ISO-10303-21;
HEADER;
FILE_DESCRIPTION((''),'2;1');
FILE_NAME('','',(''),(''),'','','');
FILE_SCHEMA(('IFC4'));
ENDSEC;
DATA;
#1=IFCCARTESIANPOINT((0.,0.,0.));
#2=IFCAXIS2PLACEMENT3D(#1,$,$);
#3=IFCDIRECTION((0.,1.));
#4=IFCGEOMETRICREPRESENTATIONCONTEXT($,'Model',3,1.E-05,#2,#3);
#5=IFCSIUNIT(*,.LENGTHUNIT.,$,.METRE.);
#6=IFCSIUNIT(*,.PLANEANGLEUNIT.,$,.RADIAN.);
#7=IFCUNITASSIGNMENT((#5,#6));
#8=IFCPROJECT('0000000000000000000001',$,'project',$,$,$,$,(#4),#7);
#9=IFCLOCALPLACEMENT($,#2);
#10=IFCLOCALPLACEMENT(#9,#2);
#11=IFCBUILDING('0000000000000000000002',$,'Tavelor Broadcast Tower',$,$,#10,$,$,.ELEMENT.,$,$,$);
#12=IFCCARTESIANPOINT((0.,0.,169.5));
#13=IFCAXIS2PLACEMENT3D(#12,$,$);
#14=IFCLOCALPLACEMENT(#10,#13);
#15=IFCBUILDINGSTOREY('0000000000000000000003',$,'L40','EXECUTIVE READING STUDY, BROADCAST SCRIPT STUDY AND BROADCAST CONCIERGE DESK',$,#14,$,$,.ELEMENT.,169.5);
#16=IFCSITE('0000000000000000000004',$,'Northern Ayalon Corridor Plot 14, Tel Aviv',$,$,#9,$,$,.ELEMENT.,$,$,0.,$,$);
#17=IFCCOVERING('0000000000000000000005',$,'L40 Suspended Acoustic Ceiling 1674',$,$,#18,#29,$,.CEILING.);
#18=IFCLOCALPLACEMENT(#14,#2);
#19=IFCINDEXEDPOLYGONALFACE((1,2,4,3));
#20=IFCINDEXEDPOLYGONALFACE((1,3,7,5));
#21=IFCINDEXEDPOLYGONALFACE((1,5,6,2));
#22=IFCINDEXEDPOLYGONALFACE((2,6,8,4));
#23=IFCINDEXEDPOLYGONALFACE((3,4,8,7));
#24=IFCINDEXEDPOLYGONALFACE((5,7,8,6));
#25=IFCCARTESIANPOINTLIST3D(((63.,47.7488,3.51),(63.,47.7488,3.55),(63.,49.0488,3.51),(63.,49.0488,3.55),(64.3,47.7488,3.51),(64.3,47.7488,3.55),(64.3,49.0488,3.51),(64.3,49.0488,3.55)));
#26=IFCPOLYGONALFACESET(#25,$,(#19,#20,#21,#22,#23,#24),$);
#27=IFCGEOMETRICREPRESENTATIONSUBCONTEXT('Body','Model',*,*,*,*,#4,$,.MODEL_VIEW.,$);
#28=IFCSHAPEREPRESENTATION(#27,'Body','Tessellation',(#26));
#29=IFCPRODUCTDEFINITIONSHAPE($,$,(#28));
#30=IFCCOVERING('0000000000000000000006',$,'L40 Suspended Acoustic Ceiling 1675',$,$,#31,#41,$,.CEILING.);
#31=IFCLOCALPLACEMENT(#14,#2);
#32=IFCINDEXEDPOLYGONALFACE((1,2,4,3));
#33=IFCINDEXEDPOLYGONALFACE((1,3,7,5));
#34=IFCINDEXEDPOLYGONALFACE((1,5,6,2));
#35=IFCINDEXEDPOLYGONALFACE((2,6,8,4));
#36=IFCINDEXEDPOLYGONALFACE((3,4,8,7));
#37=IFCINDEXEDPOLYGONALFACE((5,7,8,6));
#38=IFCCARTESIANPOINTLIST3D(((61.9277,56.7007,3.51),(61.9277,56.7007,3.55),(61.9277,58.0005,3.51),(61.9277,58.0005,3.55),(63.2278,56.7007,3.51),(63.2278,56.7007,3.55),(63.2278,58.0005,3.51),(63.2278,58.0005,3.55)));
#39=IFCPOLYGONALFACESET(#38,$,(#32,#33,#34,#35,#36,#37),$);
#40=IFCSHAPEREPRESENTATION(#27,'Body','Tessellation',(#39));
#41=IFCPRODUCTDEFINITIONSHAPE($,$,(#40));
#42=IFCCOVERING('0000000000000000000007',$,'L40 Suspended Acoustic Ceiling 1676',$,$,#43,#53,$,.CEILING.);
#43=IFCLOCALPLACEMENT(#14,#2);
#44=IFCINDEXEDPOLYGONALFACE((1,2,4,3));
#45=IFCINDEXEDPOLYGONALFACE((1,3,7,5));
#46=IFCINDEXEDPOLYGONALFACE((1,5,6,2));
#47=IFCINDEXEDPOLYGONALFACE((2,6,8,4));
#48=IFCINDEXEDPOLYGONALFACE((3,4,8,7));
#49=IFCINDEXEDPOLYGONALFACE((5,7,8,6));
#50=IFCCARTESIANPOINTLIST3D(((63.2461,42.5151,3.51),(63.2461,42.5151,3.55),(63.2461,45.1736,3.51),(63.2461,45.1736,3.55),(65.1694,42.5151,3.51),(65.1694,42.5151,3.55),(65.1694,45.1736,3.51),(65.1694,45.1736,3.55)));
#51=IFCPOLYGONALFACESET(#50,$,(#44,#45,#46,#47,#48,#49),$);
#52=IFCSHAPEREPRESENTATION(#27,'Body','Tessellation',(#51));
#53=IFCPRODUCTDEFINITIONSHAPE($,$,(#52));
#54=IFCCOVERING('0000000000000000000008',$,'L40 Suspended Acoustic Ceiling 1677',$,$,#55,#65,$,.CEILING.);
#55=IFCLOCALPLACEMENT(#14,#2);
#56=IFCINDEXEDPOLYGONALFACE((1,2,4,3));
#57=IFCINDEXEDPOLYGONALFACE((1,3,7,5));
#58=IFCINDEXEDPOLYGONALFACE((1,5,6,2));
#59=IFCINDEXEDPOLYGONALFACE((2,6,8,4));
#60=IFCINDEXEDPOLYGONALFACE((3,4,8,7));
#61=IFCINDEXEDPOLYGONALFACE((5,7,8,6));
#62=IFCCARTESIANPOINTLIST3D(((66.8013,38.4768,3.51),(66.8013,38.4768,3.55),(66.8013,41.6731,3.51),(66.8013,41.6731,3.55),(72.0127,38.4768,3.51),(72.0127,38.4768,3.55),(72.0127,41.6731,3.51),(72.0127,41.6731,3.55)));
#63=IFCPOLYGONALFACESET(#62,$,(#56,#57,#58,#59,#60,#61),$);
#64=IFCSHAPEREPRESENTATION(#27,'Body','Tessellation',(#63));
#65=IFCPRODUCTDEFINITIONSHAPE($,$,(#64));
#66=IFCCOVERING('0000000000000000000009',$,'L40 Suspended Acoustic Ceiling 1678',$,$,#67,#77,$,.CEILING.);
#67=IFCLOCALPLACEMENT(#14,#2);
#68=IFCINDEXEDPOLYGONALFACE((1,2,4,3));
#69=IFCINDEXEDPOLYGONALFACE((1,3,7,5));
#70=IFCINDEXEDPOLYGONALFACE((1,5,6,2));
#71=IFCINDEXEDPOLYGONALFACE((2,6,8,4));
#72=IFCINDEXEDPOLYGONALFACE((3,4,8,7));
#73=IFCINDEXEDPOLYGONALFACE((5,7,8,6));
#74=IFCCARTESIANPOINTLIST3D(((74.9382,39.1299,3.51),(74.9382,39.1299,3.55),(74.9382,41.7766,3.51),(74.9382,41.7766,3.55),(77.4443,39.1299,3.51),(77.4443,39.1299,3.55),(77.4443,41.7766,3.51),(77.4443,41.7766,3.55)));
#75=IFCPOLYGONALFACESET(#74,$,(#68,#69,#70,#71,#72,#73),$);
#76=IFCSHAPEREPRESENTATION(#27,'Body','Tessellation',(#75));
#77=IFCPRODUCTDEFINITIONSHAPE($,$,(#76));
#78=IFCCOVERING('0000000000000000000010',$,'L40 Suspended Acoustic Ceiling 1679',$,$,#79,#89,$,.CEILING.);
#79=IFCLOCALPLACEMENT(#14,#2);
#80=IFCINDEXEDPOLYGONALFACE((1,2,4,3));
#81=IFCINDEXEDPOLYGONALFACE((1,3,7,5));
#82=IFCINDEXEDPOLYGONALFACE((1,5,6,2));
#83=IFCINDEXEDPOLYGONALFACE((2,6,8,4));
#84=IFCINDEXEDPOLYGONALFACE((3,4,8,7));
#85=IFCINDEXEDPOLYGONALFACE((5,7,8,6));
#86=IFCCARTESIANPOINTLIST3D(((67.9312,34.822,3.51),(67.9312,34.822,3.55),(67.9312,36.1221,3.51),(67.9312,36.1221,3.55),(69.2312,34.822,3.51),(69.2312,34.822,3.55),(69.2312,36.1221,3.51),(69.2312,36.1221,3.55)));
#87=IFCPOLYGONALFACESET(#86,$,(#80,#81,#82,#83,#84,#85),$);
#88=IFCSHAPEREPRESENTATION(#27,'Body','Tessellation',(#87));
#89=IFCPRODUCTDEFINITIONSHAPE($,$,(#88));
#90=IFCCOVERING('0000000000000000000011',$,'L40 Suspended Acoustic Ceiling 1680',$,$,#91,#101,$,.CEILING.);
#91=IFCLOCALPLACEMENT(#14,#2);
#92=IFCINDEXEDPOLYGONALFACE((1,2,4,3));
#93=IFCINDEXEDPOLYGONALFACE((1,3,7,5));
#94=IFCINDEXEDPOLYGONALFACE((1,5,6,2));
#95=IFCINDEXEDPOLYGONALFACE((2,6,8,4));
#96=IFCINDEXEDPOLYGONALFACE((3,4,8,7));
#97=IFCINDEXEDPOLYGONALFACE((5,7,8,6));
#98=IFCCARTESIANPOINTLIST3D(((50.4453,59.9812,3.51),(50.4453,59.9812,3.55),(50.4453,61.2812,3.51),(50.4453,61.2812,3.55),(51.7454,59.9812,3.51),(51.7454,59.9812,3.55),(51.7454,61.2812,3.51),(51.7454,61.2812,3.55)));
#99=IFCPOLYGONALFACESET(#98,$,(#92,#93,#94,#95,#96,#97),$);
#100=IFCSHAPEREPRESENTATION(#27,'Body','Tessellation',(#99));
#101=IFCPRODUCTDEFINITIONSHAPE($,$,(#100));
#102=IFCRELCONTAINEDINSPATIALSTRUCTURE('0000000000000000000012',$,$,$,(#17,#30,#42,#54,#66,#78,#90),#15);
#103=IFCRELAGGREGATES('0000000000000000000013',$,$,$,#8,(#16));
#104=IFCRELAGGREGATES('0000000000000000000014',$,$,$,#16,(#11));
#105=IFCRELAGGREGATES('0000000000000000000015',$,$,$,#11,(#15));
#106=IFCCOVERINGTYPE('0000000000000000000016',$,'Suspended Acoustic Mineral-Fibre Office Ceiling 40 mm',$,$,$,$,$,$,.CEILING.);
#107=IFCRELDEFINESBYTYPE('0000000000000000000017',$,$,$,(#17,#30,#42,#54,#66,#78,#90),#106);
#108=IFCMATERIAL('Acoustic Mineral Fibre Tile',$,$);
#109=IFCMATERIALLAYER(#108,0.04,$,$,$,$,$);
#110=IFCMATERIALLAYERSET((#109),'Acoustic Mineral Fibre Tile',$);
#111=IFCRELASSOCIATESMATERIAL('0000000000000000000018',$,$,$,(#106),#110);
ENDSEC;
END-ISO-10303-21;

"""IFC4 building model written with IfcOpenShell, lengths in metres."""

from ifc_helpers import new_model, si_unit, direction, frame, origin, place, context, subcontext, project, spatial, polyline, outline, extrude, material, layer, layer_set, type_object, element, save


model = new_model("IFC4")

# Units and contexts
model_context = context("Model", 3, precision=1e-05, world=origin(), true_north=direction((0.0, 1.0)))
body_context = subcontext(model_context, "Body", "Model", "MODEL_VIEW")
ifc_project = project(units=[si_unit("LENGTHUNIT", "METRE"), si_unit("PLANEANGLEUNIT", "RADIAN")], contexts=[model_context])

# Site, building, storey
site_placement = place(None, origin())
site = spatial("IfcSite", under=ifc_project, at=site_placement, Name="Northern Ayalon Corridor Plot 14, Tel Aviv", CompositionType="ELEMENT", RefElevation=0.0)
building_placement = place(site_placement, origin())
building = spatial("IfcBuilding", under=site, at=building_placement, Name="Tavelor Broadcast Tower", CompositionType="ELEMENT")
storey_placement = place(building_placement, frame((0.0, 0.0, 169.5)))
storey = spatial("IfcBuildingStorey", under=building, at=storey_placement, Name="L40", Description="EXECUTIVE READING STUDY, BROADCAST SCRIPT STUDY AND BROADCAST CONCIERGE DESK", CompositionType="ELEMENT", Elevation=169.5)

# Coverings
ifc_material_1 = material(Name="Acoustic Mineral Fibre Tile")
ifc_layer_1 = layer(ifc_material_1, 0.04)
ifc_layer_set_1 = layer_set([ifc_layer_1], Name="Acoustic Mineral Fibre Tile")
covering_type_1 = type_object("IfcCoveringType", Name="Suspended Acoustic Mineral-Fibre Office Ceiling 40 mm", PredefinedType="CEILING", material=ifc_layer_set_1)
covering_1_placement = place(storey_placement, frame((0.0, 0.0, 3.51)))
element("IfcCovering", 1, at=covering_1_placement, inside=storey, type_object=covering_type_1, Name="L40 Suspended Acoustic Ceiling 1674", PredefinedType="CEILING", context=body_context, shape_type="SweptSolid", body=[
    extrude(outline(polyline([(63.0, 47.7488), (64.3, 47.7488), (64.3, 49.0488), (63.0, 49.0488), (63.0, 47.7488)])), origin(), (0.0, 0.0, 1.0), 0.04),
])
covering_2_placement = place(storey_placement, frame((0.0, 0.0, 3.51)))
element("IfcCovering", 2, at=covering_2_placement, inside=storey, type_object=covering_type_1, Name="L40 Suspended Acoustic Ceiling 1675", PredefinedType="CEILING", context=body_context, shape_type="SweptSolid", body=[
    extrude(outline(polyline([(61.9277, 56.7007), (63.2278, 56.7007), (63.2278, 58.0005), (61.9277, 58.0005), (61.9277, 56.7007)])), origin(), (0.0, 0.0, 1.0), 0.04),
])
covering_3_placement = place(storey_placement, frame((0.0, 0.0, 3.51)))
element("IfcCovering", 3, at=covering_3_placement, inside=storey, type_object=covering_type_1, Name="L40 Suspended Acoustic Ceiling 1676", PredefinedType="CEILING", context=body_context, shape_type="SweptSolid", body=[
    extrude(outline(polyline([(63.2461, 42.5151), (65.1694, 42.5151), (65.1694, 45.1736), (63.2461, 45.1736), (63.2461, 42.5151)])), origin(), (0.0, 0.0, 1.0), 0.04),
])
covering_4_placement = place(storey_placement, frame((0.0, 0.0, 3.51)))
element("IfcCovering", 4, at=covering_4_placement, inside=storey, type_object=covering_type_1, Name="L40 Suspended Acoustic Ceiling 1677", PredefinedType="CEILING", context=body_context, shape_type="SweptSolid", body=[
    extrude(outline(polyline([(66.8013, 38.4768), (72.0127, 38.4768), (72.0127, 41.6731), (66.8013, 41.6731), (66.8013, 38.4768)])), origin(), (0.0, 0.0, 1.0), 0.04),
])
covering_5_placement = place(storey_placement, frame((0.0, 0.0, 3.51)))
element("IfcCovering", 5, at=covering_5_placement, inside=storey, type_object=covering_type_1, Name="L40 Suspended Acoustic Ceiling 1678", PredefinedType="CEILING", context=body_context, shape_type="SweptSolid", body=[
    extrude(outline(polyline([(74.9382, 39.1299), (77.4443, 39.1299), (77.4443, 41.7766), (74.9382, 41.7766), (74.9382, 39.1299)])), origin(), (0.0, 0.0, 1.0), 0.04),
])
covering_6_placement = place(storey_placement, frame((0.0, 0.0, 3.51)))
element("IfcCovering", 6, at=covering_6_placement, inside=storey, type_object=covering_type_1, Name="L40 Suspended Acoustic Ceiling 1679", PredefinedType="CEILING", context=body_context, shape_type="SweptSolid", body=[
    extrude(outline(polyline([(67.9312, 34.822), (69.2312, 34.822), (69.2312, 36.1221), (67.9312, 36.1221), (67.9312, 34.822)])), origin(), (0.0, 0.0, 1.0), 0.04),
])
covering_7_placement = place(storey_placement, frame((0.0, 0.0, 3.51)))
element("IfcCovering", 7, at=covering_7_placement, inside=storey, type_object=covering_type_1, Name="L40 Suspended Acoustic Ceiling 1680", PredefinedType="CEILING", context=body_context, shape_type="SweptSolid", body=[
    extrude(outline(polyline([(50.4453, 59.9812), (51.7454, 59.9812), (51.7454, 61.2812), (50.4453, 61.2812), (50.4453, 59.9812)])), origin(), (0.0, 0.0, 1.0), 0.04),
])

save(model, "model.ifc")
